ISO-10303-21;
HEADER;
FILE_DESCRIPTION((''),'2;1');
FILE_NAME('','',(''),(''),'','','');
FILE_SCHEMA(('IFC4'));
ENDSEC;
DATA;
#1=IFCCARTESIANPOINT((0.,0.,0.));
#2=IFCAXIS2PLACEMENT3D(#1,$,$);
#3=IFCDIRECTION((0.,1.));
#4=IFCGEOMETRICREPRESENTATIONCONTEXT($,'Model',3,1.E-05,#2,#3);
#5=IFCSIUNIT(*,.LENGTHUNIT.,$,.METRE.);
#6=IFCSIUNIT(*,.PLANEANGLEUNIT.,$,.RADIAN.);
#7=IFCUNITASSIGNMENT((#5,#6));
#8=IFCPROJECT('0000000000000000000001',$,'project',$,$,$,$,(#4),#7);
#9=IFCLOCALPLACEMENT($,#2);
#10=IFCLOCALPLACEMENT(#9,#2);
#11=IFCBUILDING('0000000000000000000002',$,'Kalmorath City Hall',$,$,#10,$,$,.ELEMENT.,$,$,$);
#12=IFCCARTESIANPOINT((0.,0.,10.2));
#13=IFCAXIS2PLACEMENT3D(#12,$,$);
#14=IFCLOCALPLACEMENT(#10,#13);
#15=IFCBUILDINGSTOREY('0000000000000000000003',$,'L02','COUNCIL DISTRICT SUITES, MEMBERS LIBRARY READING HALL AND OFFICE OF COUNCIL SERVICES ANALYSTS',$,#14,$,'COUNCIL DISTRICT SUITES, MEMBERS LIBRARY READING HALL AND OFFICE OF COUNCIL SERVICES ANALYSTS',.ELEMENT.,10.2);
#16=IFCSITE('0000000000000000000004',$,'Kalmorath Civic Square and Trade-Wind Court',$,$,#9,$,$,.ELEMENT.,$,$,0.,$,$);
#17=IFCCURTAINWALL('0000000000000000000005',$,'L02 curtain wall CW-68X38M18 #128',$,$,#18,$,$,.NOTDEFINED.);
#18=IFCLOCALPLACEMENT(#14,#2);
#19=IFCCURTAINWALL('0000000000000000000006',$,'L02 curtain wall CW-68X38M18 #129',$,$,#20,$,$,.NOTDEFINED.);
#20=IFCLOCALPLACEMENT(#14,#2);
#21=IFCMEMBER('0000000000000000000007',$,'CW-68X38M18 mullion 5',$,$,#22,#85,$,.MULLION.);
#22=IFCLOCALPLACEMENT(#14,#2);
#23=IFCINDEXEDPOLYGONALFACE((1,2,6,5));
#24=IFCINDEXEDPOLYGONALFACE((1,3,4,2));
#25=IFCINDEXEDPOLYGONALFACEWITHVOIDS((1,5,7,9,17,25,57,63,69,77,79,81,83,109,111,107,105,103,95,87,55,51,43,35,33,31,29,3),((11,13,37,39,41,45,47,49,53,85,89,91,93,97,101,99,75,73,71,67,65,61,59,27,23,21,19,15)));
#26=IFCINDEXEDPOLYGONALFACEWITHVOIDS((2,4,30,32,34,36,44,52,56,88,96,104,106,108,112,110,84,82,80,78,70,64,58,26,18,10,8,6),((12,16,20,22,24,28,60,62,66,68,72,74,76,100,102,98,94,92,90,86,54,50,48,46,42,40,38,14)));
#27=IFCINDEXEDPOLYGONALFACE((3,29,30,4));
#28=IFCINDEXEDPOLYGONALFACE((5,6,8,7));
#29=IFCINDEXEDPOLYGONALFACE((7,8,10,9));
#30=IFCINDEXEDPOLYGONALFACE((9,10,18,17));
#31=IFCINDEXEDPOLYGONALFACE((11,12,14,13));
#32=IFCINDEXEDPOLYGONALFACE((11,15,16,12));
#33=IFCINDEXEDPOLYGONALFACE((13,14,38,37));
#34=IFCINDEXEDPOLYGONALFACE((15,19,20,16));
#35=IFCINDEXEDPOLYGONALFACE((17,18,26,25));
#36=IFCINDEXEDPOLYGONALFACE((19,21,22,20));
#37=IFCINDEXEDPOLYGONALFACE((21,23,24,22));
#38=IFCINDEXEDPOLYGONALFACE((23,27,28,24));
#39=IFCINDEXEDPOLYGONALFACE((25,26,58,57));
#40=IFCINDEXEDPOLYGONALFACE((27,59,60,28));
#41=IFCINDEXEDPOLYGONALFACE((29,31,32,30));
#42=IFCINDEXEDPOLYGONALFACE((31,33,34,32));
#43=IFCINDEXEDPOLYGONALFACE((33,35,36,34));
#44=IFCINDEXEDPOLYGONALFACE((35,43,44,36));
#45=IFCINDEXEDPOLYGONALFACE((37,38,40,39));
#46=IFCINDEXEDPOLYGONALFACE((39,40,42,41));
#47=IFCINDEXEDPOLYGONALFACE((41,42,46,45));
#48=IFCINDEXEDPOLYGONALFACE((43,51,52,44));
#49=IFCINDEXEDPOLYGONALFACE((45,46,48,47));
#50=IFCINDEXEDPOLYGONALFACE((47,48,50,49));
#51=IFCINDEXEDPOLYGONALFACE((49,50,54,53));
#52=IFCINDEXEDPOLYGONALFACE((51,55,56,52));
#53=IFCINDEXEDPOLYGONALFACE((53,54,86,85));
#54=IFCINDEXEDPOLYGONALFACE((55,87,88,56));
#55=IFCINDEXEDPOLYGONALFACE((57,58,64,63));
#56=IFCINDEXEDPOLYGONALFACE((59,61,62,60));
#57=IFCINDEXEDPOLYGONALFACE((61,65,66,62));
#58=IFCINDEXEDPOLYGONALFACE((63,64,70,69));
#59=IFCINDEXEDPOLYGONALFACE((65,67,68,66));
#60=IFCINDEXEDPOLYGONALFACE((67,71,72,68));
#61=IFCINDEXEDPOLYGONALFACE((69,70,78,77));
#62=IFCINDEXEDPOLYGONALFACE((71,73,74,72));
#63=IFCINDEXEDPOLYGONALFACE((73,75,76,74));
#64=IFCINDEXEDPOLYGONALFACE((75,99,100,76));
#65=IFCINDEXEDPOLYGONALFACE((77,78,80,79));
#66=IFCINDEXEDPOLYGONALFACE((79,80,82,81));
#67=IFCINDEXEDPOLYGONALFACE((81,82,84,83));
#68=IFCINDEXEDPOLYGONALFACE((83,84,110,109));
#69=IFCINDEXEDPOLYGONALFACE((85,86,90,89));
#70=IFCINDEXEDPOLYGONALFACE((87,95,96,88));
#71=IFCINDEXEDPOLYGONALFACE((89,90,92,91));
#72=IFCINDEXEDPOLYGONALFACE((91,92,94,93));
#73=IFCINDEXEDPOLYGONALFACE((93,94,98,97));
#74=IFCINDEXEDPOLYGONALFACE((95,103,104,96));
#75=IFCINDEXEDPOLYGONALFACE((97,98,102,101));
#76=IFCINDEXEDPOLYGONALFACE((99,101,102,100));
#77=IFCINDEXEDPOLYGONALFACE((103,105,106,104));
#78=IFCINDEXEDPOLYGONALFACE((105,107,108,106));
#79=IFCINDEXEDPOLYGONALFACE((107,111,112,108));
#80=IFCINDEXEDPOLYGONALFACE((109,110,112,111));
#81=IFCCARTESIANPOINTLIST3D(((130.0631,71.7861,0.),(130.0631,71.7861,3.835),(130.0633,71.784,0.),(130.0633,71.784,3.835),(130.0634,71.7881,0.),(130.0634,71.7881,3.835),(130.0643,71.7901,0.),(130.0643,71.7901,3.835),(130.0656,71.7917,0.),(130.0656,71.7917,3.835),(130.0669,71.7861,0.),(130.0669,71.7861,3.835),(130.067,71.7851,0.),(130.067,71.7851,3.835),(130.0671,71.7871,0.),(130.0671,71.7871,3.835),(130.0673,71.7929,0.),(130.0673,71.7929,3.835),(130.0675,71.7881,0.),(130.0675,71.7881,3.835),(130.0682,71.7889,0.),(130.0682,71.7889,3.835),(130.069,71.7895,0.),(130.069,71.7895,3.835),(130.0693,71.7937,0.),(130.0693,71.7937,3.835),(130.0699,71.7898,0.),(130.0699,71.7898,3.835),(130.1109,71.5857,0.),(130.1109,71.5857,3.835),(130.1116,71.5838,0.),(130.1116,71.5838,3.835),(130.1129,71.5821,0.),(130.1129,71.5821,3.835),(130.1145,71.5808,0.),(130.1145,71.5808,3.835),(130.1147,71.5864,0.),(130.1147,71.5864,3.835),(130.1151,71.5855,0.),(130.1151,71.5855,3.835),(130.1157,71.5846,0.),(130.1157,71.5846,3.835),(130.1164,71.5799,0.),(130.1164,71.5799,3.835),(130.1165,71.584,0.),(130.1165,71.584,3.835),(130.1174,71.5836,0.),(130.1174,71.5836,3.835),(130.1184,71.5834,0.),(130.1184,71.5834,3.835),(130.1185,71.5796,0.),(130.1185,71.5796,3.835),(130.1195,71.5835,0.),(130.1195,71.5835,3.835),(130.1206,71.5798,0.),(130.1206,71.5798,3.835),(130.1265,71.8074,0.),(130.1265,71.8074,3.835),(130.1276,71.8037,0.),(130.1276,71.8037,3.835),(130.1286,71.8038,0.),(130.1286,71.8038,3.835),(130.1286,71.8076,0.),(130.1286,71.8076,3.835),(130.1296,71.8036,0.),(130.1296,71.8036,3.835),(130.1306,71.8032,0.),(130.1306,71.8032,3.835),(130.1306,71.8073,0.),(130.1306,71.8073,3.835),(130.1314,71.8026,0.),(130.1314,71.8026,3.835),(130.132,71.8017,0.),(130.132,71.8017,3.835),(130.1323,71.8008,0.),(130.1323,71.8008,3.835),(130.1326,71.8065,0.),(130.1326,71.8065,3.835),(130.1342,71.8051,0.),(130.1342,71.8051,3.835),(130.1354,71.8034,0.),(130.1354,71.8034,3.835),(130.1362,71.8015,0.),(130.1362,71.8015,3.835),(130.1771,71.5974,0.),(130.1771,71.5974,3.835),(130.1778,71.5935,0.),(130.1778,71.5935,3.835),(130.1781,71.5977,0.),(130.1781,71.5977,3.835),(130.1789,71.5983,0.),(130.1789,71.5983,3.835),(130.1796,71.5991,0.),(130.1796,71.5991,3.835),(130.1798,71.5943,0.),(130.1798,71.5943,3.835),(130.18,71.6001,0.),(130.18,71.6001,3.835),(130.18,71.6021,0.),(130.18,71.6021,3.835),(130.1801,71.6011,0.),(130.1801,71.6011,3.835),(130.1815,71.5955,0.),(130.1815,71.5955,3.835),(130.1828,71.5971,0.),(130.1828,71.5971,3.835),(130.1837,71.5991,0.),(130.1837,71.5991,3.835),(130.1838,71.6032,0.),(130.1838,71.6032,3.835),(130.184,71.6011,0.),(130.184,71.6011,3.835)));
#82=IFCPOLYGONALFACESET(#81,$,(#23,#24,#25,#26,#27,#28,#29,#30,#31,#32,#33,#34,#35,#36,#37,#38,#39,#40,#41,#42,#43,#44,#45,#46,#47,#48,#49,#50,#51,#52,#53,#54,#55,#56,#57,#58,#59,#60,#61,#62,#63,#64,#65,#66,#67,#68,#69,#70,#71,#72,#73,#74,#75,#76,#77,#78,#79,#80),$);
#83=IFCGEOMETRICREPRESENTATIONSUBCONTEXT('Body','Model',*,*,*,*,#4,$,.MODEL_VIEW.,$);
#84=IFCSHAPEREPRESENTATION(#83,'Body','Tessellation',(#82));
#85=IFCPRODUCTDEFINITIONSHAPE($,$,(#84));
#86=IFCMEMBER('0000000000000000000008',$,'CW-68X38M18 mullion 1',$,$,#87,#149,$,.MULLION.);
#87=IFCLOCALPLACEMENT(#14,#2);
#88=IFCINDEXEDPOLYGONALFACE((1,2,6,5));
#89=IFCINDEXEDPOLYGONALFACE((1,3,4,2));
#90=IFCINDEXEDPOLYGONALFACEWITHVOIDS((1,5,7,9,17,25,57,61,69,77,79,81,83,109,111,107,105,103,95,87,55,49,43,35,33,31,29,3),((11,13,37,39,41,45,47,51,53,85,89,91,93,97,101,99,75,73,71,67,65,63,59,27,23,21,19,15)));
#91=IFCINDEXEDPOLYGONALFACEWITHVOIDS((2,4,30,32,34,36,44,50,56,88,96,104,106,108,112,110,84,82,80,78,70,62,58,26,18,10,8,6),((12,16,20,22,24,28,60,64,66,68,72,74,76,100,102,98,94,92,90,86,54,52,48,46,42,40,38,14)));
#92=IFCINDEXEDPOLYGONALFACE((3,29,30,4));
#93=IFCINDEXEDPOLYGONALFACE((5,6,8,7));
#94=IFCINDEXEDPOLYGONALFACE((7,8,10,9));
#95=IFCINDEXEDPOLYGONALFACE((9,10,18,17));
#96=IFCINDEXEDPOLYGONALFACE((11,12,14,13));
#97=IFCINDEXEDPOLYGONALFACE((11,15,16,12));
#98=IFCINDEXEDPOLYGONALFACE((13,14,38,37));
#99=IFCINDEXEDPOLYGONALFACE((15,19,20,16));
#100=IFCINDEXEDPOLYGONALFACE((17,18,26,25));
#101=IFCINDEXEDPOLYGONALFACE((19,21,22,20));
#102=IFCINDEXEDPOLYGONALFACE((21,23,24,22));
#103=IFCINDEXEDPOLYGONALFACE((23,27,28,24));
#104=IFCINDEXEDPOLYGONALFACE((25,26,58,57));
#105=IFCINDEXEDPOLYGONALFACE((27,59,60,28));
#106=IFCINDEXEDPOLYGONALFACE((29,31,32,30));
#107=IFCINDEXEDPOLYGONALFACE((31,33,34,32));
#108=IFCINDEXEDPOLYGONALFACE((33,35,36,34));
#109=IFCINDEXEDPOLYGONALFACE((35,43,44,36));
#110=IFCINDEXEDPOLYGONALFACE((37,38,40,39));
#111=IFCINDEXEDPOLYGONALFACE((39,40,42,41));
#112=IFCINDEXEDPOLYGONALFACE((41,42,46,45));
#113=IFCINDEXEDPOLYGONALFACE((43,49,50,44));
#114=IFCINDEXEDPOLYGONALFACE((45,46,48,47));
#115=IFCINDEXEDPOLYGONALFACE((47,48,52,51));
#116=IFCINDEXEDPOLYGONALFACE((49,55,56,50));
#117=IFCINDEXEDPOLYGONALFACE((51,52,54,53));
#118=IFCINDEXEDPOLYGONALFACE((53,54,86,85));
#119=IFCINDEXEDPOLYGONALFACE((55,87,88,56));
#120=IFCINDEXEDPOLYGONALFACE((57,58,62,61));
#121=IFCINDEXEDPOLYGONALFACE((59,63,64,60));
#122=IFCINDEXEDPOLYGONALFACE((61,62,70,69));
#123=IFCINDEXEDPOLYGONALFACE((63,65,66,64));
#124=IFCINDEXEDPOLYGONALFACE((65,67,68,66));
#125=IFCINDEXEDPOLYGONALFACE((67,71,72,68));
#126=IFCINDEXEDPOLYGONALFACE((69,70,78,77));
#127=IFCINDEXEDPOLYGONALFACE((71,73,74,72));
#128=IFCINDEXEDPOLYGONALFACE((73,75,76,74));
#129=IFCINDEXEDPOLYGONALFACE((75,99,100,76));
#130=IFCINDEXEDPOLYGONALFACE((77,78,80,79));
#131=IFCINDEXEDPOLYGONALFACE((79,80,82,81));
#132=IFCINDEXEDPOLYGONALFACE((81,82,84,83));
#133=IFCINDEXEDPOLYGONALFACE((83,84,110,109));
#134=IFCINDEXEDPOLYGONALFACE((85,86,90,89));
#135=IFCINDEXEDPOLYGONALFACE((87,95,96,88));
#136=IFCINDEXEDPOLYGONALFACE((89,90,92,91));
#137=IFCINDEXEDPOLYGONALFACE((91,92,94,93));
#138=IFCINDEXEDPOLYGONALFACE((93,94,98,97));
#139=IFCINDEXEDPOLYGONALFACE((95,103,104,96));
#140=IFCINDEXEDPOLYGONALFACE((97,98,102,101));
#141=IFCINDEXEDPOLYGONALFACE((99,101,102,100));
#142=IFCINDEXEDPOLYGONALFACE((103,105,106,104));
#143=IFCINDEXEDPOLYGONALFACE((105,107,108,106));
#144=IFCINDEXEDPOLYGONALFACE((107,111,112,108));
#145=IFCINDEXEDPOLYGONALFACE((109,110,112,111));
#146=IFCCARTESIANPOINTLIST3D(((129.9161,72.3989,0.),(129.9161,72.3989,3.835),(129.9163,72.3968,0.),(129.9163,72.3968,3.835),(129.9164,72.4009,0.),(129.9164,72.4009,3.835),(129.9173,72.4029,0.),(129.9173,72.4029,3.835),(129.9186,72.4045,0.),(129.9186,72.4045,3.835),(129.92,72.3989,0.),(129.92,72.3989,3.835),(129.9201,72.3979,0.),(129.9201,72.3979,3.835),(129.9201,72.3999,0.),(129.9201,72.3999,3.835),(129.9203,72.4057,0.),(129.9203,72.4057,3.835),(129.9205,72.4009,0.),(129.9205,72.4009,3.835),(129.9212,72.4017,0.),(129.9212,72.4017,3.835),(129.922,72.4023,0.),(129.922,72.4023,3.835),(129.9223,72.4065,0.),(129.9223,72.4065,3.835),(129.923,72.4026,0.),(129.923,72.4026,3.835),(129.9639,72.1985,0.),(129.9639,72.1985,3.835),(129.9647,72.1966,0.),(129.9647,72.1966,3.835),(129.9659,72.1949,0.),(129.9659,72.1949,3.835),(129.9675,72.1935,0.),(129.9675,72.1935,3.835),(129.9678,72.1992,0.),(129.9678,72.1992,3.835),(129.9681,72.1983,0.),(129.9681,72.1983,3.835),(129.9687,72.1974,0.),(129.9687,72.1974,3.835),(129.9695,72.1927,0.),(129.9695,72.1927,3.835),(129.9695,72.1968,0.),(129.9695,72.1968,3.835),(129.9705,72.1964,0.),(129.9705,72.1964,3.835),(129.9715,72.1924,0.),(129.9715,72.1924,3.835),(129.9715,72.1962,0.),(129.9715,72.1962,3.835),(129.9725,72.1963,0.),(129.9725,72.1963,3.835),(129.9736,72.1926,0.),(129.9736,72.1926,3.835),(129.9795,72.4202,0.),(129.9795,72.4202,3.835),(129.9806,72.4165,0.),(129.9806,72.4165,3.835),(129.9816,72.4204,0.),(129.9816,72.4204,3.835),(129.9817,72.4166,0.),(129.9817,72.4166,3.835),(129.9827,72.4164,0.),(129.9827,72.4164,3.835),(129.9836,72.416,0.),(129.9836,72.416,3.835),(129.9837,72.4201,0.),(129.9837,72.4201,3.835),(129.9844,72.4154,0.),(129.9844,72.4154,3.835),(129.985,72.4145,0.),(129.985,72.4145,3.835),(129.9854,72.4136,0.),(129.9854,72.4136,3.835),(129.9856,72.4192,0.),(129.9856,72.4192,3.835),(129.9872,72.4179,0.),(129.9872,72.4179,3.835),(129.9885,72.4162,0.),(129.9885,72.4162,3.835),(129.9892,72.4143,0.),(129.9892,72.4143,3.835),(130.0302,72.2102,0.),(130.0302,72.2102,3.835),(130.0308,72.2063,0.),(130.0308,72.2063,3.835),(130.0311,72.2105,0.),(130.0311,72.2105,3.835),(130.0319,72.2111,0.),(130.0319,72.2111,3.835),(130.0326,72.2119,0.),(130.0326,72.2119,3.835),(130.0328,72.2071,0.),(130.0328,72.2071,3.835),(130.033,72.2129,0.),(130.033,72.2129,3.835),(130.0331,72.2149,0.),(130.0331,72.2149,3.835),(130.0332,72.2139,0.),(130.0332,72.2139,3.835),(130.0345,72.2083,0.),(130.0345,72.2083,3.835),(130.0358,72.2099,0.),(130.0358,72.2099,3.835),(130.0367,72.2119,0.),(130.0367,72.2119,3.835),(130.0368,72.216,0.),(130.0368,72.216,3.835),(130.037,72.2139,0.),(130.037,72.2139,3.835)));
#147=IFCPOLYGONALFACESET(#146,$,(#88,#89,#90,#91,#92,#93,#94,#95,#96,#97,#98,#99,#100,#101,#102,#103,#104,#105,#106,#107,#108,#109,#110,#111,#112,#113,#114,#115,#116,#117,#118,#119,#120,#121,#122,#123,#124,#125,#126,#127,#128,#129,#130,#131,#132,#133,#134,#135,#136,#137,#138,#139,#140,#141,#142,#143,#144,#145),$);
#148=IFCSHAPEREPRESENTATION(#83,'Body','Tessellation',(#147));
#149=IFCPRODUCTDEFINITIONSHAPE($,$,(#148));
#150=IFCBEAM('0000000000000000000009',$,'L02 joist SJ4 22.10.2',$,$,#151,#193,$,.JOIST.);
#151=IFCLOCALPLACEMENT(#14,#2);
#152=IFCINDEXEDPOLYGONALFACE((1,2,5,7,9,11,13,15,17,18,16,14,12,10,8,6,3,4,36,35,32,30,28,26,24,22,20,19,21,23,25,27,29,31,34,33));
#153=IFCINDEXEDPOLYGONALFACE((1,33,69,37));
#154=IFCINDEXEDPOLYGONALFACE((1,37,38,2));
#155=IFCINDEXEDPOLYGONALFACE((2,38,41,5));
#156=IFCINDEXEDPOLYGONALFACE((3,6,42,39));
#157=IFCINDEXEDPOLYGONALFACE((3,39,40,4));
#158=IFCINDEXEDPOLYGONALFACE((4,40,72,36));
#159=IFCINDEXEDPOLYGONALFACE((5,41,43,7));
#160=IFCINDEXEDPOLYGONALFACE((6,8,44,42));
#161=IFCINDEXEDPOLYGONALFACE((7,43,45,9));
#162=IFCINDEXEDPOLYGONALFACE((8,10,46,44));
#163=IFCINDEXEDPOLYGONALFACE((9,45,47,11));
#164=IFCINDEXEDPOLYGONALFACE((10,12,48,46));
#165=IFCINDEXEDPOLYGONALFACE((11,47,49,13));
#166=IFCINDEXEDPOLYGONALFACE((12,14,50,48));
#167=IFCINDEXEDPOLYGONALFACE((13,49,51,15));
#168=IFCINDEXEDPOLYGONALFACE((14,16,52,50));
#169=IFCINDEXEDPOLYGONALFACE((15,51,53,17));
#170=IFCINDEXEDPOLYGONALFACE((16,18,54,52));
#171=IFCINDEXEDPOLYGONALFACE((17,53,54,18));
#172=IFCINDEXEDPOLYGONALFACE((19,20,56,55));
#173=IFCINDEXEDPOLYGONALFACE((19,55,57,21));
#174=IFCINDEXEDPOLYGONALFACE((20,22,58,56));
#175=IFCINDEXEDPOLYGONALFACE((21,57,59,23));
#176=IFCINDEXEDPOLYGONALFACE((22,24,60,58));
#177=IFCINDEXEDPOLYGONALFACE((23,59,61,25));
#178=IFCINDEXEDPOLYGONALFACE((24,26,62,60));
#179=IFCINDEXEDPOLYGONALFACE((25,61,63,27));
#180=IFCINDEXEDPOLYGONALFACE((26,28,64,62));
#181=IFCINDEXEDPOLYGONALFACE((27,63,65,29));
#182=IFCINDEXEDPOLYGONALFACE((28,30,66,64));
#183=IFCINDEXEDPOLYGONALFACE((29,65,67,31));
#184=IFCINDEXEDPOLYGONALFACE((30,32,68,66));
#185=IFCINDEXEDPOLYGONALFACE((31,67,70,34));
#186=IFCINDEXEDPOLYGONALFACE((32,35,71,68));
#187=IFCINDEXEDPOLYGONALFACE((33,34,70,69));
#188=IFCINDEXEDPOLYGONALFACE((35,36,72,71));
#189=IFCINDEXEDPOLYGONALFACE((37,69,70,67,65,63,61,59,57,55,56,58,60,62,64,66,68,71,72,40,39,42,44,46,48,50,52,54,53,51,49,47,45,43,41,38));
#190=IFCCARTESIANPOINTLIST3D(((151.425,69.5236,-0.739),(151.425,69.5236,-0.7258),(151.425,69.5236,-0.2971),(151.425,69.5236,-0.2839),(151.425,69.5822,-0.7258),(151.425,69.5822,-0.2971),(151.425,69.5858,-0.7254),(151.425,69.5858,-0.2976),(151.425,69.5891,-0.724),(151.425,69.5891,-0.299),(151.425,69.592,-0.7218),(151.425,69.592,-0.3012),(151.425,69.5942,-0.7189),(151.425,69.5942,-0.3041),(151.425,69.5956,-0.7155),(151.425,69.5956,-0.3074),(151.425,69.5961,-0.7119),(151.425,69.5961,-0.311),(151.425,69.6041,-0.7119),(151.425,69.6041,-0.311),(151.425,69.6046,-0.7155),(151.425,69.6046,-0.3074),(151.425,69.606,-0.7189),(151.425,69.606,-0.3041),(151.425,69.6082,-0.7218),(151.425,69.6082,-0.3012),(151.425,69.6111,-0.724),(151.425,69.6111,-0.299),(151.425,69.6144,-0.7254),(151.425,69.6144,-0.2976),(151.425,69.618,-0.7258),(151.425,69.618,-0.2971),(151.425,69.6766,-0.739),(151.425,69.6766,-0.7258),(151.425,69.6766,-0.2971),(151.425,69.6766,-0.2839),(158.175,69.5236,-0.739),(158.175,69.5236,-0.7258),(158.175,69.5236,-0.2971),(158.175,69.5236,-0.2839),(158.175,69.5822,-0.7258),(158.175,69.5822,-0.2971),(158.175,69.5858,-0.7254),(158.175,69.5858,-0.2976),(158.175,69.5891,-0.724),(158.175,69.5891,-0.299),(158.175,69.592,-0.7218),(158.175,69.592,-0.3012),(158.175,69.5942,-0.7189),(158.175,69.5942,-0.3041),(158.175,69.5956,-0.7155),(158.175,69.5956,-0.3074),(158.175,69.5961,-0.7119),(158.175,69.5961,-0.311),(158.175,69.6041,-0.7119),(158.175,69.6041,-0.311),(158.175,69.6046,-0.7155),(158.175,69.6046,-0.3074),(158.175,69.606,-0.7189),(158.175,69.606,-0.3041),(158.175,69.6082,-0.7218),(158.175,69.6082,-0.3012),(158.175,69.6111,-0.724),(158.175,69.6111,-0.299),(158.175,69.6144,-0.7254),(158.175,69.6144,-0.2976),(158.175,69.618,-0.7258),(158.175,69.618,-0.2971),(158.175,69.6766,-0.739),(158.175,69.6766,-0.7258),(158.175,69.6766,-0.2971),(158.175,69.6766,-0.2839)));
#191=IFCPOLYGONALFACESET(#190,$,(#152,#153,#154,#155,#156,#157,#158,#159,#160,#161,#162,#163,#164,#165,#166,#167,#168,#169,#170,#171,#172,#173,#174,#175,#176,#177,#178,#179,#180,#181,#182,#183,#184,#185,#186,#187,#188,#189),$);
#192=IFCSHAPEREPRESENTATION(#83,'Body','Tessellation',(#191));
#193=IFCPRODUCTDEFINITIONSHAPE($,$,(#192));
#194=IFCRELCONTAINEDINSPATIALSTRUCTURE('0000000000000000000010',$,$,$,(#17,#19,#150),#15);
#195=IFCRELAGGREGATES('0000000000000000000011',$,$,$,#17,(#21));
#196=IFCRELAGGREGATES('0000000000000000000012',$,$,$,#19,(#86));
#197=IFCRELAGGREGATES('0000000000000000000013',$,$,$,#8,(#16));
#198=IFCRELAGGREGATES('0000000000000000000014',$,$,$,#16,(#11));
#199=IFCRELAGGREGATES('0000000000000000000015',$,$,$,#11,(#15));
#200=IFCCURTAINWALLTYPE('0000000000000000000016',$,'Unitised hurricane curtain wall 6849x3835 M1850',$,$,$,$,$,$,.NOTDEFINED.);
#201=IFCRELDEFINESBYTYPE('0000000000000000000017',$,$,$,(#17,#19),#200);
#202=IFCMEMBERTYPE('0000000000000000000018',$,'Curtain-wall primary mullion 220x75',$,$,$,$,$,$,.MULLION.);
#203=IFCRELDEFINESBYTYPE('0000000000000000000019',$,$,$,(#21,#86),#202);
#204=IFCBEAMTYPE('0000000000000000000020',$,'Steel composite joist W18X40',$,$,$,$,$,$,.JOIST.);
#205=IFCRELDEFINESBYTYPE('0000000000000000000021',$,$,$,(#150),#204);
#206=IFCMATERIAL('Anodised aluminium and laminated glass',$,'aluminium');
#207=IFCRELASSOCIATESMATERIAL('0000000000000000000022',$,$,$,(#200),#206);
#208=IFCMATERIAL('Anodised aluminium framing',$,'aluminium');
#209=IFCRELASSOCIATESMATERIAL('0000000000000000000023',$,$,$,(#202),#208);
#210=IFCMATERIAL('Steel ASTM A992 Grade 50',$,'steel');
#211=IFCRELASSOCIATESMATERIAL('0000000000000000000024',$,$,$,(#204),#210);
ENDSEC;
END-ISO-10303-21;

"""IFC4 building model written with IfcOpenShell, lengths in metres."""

from ifc_helpers import new_model, si_unit, direction, frame, origin, origin_2d, place, context, subcontext, project, spatial, hollow_rectangle, i_section, extrude, material, material_profile, profile_set, type_object, element, aggregate, save


model = new_model("IFC4")

# Units and contexts
model_context = context("Model", 3, precision=1e-05, world=origin(), true_north=direction((0.0, 1.0)))
body_context = subcontext(model_context, "Body", "Model", "MODEL_VIEW")
ifc_project = project(units=[si_unit("LENGTHUNIT", "METRE"), si_unit("PLANEANGLEUNIT", "RADIAN")], contexts=[model_context])

# Site, building, storey
site_placement = place(None, origin())
site = spatial("IfcSite", under=ifc_project, at=site_placement, Name="Kalmorath Civic Square and Trade-Wind Court", CompositionType="ELEMENT", RefElevation=0.0)
building_placement = place(site_placement, origin())
building = spatial("IfcBuilding", under=site, at=building_placement, Name="Kalmorath City Hall", CompositionType="ELEMENT")
storey_placement = place(building_placement, frame((0.0, 0.0, 10.2)))
storey = spatial("IfcBuildingStorey", under=building, at=storey_placement, Name="L02", Description="COUNCIL DISTRICT SUITES, MEMBERS LIBRARY READING HALL AND OFFICE OF COUNCIL SERVICES ANALYSTS", LongName="COUNCIL DISTRICT SUITES, MEMBERS LIBRARY READING HALL AND OFFICE OF COUNCIL SERVICES ANALYSTS", CompositionType="ELEMENT", Elevation=10.2)

# Curtain walls
ifc_material_1 = material(Name="Anodised aluminium and laminated glass", Category="aluminium")
curtain_wall_type = type_object("IfcCurtainWallType", Name="Unitised hurricane curtain wall 6849x3835 M1850", PredefinedType="NOTDEFINED", material=ifc_material_1)
curtain_wall_1_placement = place(storey_placement, origin())
curtain_wall_1 = element("IfcCurtainWall", 1, at=curtain_wall_1_placement, inside=storey, type_object=curtain_wall_type, Name="L02 curtain wall CW-68X38M18 #128", PredefinedType="NOTDEFINED")
curtain_wall_2_placement = place(storey_placement, origin())
curtain_wall_2 = element("IfcCurtainWall", 2, at=curtain_wall_2_placement, inside=storey, type_object=curtain_wall_type, Name="L02 curtain wall CW-68X38M18 #129", PredefinedType="NOTDEFINED")

# Members
ifc_material_2 = material(Name="Anodised aluminium framing", Category="aluminium")
ifc_material_profile_1 = material_profile(ifc_material_2, hollow_rectangle(XDim=0.075, YDim=0.22, WallThickness=0.0039, InnerFilletRadius=0.0039, OuterFilletRadius=0.0081, at=origin_2d()), Name="ALU-MUL-220X75X4")
ifc_profile_set_1 = profile_set([ifc_material_profile_1], Name="Anodised aluminium framing")
member_type_1 = type_object("IfcMemberType", Name="Curtain-wall primary mullion 220x75", PredefinedType="MULLION", material=ifc_profile_set_1)
member_1_placement = place(storey_placement, frame((130.1235, 71.6936, 0.0), z_axis=(0.0, 0.0, 1.0), x_axis=(-0.972371, -0.233442, 0.0)))
member_1 = element("IfcMember", 3, at=member_1_placement, type_object=member_type_1, Name="CW-68X38M18 mullion 5", PredefinedType="MULLION", context=body_context, shape_type="SweptSolid", body=[
    extrude(hollow_rectangle(XDim=0.075, YDim=0.22, WallThickness=0.0039, InnerFilletRadius=0.0039, OuterFilletRadius=0.0081, at=origin_2d()), origin(), (0.0, 0.0, 1.0), 3.835),
])
member_2_placement = place(storey_placement, frame((129.9766, 72.3064, 0.0), z_axis=(0.0, 0.0, 1.0), x_axis=(-0.972367, -0.233456, 0.0)))
member_2 = element("IfcMember", 4, at=member_2_placement, type_object=member_type_1, Name="CW-68X38M18 mullion 1", PredefinedType="MULLION", context=body_context, shape_type="SweptSolid", body=[
    extrude(hollow_rectangle(XDim=0.075, YDim=0.22, WallThickness=0.0039, InnerFilletRadius=0.0039, OuterFilletRadius=0.0081, at=origin_2d()), origin(), (0.0, 0.0, 1.0), 3.835),
])

# Beam
ifc_material_3 = material(Name="Steel ASTM A992 Grade 50", Category="steel")
ifc_material_profile_2 = material_profile(ifc_material_3, i_section(OverallWidth=0.1531, OverallDepth=0.4551, WebThickness=0.0081, FlangeThickness=0.0132, FilletRadius=0.0139, at=origin_2d()), Name="W18X40")
ifc_profile_set_2 = profile_set([ifc_material_profile_2], Name="Steel ASTM A992 Grade 50")
beam_type_1 = type_object("IfcBeamType", Name="Steel composite joist W18X40", PredefinedType="JOIST", material=ifc_profile_set_2)
beam_1_placement = place(storey_placement, frame((151.425, 69.6001, -0.5115), z_axis=(1.0, 0.0, 0.0), x_axis=(0.0, 1.0, 0.0)))
element("IfcBeam", 5, at=beam_1_placement, inside=storey, type_object=beam_type_1, Name="L02 joist SJ4 22.10.2", PredefinedType="JOIST", context=body_context, shape_type="SweptSolid", body=[
    extrude(i_section(OverallWidth=0.1531, OverallDepth=0.4551, WebThickness=0.0081, FlangeThickness=0.0132, FilletRadius=0.0139, at=origin_2d()), origin(), (0.0, 0.0, 1.0), 6.75),
])

aggregate(curtain_wall_1, [member_1])
aggregate(curtain_wall_2, [member_2])

save(model, "model.ifc")
